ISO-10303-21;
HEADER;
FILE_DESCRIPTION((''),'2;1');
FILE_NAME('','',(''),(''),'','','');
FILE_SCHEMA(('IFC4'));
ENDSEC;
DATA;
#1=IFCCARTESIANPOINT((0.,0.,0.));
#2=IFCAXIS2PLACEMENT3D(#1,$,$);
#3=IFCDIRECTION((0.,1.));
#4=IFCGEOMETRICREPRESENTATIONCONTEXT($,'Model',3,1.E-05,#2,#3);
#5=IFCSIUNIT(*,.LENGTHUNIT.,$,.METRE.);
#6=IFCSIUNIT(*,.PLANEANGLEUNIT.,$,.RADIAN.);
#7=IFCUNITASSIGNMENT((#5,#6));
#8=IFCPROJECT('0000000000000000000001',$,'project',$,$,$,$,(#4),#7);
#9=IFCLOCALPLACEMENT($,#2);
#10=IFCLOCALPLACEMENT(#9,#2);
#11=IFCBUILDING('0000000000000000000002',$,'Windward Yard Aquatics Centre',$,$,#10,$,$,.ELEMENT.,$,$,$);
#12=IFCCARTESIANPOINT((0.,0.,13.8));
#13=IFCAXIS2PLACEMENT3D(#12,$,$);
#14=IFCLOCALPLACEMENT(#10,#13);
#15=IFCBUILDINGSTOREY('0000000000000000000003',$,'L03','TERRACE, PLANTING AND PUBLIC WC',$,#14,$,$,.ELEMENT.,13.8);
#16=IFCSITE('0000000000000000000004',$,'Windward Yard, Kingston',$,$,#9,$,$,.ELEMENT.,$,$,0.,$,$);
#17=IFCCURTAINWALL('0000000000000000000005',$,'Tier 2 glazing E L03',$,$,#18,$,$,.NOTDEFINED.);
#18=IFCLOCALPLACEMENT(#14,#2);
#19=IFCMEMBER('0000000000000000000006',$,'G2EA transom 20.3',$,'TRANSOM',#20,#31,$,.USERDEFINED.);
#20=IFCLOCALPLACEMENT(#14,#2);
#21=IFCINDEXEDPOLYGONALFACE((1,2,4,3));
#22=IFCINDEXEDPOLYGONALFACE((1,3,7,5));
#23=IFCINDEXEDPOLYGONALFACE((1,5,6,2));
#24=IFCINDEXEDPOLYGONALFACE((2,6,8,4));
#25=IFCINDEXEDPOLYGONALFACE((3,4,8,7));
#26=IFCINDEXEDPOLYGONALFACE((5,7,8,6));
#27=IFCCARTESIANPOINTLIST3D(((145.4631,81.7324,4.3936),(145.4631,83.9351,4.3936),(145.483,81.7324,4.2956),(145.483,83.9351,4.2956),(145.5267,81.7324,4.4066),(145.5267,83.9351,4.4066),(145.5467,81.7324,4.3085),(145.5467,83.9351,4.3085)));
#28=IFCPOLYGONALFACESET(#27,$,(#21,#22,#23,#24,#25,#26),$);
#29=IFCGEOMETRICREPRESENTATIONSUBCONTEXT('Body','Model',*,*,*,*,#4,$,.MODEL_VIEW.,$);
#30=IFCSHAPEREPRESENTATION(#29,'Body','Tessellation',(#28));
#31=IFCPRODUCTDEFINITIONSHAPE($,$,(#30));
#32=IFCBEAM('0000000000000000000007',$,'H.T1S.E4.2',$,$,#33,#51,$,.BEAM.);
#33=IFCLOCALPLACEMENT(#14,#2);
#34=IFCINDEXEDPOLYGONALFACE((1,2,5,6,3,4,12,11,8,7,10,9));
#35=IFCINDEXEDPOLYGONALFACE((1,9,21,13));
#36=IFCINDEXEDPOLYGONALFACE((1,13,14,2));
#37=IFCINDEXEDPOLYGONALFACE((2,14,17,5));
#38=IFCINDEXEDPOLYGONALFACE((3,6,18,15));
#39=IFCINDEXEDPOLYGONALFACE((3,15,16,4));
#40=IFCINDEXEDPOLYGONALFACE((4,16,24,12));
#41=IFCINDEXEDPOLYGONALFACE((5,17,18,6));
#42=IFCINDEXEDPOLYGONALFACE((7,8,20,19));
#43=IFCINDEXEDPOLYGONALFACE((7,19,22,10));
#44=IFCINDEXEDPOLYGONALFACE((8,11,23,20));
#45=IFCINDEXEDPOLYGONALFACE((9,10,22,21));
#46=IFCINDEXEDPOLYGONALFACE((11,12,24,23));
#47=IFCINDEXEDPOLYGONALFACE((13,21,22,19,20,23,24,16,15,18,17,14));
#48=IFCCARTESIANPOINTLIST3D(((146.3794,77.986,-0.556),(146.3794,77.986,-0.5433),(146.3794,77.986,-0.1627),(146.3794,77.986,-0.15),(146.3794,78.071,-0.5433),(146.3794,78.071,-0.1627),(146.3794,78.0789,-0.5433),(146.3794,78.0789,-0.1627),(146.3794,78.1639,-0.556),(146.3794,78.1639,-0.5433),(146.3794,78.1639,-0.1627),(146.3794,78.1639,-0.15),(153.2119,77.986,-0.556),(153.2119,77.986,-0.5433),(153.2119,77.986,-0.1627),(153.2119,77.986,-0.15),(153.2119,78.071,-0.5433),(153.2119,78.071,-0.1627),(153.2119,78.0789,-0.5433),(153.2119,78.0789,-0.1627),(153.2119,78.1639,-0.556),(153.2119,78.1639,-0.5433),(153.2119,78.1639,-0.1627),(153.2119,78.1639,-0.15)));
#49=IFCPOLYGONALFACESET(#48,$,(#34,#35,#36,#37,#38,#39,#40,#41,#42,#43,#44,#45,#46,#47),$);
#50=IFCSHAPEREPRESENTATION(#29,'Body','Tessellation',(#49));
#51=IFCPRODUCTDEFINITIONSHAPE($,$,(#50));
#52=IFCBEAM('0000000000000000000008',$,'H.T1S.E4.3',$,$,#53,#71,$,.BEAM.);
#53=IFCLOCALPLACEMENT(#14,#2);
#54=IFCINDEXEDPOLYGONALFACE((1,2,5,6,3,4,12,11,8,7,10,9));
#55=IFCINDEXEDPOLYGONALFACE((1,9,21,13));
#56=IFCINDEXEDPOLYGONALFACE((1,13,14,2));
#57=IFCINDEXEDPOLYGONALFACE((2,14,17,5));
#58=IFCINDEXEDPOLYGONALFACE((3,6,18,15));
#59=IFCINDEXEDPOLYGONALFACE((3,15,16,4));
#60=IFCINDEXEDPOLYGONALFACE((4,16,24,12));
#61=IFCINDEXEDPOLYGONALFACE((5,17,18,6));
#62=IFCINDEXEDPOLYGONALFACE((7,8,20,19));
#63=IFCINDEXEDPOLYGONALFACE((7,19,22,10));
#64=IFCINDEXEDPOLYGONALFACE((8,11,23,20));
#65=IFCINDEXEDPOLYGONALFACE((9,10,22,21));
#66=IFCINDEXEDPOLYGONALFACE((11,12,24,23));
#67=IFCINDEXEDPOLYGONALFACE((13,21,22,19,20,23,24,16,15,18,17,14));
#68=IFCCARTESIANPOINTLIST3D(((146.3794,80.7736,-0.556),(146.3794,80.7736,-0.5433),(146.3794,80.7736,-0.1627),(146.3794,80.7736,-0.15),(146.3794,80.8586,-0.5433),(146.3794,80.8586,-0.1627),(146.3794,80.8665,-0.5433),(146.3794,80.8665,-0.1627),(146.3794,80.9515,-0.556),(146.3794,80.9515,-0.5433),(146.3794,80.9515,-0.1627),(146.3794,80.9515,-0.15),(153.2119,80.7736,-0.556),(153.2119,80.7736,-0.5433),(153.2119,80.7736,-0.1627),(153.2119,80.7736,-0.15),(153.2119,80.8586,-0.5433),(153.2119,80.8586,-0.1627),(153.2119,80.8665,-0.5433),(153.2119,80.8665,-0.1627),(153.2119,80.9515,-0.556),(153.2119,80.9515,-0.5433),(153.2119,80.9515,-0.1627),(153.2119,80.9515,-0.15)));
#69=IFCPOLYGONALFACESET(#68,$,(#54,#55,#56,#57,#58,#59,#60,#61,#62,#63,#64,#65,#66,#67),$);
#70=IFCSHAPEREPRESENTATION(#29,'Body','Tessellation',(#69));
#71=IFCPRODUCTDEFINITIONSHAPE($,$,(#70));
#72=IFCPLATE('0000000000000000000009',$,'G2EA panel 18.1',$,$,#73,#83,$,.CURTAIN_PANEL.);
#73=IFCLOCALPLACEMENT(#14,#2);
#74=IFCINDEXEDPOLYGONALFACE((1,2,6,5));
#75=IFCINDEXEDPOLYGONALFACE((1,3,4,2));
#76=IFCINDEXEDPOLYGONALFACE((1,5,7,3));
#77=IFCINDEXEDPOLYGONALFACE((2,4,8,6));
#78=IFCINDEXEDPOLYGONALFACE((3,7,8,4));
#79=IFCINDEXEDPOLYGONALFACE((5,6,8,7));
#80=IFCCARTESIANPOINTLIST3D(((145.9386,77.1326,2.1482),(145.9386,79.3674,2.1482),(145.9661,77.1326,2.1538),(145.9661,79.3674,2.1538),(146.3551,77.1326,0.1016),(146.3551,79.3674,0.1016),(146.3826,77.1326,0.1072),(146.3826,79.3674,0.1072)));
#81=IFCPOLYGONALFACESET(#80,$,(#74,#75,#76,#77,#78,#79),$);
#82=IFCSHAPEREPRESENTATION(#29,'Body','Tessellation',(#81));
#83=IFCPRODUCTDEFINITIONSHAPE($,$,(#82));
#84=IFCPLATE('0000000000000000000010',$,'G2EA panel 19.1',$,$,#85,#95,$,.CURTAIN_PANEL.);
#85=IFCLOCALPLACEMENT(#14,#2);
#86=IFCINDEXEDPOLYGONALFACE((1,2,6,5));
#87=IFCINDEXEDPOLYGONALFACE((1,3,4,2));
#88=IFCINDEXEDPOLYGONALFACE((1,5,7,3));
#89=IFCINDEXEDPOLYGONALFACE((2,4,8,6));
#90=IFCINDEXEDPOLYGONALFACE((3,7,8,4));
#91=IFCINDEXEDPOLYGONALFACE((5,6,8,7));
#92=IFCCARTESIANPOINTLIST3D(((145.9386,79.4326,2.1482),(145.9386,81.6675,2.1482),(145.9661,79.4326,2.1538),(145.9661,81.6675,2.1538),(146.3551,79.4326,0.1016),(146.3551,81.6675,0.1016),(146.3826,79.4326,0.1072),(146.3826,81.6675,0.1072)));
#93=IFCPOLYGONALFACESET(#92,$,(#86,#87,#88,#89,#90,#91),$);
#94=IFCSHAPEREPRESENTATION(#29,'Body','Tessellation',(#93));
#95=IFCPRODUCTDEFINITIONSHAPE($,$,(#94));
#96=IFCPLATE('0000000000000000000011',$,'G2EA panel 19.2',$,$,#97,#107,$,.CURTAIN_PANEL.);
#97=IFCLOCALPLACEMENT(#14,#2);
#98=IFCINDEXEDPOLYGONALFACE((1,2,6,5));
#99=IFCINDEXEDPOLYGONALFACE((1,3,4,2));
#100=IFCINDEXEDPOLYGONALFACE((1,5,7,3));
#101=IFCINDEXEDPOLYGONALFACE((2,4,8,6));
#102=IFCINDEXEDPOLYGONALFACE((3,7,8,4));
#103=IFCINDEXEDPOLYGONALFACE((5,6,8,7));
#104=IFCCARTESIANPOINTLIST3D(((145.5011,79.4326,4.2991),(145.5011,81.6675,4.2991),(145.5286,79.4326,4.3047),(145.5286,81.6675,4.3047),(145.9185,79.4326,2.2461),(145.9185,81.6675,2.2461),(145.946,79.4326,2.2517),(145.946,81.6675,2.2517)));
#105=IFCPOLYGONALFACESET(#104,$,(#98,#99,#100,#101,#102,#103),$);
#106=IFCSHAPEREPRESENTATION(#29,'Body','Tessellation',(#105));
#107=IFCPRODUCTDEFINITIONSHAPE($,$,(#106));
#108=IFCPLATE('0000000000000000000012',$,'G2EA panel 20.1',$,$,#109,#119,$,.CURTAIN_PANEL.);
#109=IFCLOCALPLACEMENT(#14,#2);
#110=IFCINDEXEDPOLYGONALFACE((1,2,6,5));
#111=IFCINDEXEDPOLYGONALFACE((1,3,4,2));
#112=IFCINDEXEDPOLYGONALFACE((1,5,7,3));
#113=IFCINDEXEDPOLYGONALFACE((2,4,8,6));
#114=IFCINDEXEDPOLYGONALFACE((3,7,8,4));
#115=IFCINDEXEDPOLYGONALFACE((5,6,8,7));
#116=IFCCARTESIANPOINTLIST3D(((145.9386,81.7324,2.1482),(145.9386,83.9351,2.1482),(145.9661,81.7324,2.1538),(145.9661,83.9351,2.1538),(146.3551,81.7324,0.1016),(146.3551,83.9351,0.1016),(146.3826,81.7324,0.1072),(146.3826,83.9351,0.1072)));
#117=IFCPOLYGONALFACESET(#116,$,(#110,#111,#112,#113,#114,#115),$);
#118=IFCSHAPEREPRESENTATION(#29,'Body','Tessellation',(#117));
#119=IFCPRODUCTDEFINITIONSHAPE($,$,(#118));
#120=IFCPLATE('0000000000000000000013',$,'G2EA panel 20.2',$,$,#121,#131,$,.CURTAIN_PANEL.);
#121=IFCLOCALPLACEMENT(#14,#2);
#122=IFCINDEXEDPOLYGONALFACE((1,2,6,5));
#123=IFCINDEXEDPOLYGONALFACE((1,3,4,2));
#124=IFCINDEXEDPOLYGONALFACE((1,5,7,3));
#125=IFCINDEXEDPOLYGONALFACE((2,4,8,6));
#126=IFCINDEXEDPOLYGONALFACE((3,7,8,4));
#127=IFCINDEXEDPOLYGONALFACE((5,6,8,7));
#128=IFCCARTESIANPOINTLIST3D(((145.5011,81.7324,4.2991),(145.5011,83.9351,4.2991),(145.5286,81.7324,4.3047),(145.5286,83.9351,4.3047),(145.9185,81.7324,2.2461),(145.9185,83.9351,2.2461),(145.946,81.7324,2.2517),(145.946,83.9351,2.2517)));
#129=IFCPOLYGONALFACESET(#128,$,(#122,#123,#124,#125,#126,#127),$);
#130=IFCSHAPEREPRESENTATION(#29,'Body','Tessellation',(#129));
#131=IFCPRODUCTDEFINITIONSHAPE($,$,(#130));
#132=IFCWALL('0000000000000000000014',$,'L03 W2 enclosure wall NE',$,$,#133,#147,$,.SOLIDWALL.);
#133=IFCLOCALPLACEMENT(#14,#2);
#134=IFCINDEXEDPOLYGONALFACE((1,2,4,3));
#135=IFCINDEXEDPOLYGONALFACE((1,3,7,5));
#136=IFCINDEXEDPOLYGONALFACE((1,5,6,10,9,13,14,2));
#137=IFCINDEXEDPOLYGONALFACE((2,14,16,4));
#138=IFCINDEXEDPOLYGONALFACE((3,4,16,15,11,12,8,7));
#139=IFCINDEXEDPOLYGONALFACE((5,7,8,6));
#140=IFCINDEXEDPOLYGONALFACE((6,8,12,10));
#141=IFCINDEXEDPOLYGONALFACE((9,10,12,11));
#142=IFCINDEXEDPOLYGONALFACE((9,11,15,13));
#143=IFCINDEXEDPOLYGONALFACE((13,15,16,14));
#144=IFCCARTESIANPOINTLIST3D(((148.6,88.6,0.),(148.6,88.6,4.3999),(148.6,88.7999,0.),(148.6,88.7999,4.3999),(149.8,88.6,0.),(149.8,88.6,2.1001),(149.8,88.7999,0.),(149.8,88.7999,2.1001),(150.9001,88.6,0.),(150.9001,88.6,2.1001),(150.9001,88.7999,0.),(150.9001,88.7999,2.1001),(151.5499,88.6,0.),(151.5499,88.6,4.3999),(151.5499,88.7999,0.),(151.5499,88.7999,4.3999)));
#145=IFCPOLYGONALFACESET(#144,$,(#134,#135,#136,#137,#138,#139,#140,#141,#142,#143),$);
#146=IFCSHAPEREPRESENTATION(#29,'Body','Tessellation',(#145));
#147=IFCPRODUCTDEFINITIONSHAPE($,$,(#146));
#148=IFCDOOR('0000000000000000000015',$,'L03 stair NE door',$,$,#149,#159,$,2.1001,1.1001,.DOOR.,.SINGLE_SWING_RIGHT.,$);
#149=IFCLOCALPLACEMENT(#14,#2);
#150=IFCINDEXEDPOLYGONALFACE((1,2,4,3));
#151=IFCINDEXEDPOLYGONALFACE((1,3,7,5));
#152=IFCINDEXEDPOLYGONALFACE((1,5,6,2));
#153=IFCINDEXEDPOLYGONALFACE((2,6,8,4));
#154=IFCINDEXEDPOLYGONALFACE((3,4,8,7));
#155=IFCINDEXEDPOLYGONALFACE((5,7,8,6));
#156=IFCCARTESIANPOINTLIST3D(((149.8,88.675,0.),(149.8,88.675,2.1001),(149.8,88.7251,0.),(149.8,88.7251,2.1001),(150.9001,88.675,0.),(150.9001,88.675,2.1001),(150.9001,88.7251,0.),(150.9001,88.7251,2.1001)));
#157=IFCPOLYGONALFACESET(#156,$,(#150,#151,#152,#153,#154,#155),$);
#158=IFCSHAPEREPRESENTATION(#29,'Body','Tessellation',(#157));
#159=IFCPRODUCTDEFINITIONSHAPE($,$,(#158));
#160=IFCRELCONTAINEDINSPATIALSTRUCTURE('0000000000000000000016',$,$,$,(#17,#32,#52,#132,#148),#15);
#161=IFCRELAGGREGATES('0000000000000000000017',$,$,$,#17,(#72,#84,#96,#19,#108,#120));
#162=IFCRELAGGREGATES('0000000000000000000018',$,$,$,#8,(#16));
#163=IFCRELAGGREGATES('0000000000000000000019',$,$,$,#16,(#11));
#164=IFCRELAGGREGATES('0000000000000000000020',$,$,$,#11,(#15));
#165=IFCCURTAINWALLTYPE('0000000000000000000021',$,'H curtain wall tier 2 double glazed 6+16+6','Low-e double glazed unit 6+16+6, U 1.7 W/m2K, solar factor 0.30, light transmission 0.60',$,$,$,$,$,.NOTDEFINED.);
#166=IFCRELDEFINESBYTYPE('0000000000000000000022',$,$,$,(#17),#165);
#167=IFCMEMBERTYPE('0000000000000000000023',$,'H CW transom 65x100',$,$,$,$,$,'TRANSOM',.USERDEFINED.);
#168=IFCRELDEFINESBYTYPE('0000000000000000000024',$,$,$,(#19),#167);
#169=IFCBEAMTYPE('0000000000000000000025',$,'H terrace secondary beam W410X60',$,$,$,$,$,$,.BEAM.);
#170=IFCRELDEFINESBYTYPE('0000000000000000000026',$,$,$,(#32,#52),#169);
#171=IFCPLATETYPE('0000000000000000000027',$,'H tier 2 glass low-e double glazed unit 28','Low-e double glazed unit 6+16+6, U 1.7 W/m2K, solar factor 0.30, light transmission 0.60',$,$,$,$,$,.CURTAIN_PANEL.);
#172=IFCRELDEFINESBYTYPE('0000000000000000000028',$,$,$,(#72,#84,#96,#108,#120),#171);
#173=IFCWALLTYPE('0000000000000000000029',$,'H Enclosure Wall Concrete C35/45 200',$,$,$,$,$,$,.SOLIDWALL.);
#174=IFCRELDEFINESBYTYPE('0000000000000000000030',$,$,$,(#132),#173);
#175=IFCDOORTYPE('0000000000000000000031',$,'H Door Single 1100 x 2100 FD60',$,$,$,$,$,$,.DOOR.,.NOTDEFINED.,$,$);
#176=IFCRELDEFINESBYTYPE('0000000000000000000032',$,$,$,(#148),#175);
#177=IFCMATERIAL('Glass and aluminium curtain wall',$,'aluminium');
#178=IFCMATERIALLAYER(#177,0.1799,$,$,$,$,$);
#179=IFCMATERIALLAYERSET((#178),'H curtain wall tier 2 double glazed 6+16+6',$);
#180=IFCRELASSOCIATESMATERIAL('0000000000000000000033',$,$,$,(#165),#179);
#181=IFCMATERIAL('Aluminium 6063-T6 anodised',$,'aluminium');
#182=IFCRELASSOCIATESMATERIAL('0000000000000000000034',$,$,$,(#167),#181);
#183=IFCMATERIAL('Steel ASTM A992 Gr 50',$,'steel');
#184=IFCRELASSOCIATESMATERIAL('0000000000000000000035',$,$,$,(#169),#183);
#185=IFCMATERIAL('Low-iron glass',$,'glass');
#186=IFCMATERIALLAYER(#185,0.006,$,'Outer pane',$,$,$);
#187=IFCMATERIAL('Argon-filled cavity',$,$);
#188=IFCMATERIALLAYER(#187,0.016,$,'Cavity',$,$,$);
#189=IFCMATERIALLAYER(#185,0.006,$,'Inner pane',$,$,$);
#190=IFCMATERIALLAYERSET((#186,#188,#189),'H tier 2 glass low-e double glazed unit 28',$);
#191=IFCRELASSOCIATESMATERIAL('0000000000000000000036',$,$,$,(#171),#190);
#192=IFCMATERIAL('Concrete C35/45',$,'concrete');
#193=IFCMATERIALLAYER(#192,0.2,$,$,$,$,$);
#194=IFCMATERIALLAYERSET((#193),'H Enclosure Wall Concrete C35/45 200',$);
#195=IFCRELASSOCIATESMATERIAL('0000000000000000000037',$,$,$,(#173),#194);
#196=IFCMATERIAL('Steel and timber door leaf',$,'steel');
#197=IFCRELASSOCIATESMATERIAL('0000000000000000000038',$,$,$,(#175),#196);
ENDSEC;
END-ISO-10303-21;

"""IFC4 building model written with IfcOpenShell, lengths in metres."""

from ifc_helpers import new_model, si_unit, direction, frame, frame_2d, origin, origin_2d, place, context, subcontext, project, spatial, polyline, rectangle, i_section, outline, extrude, material, layer, layer_set, material_profile, profile_set, type_object, element, fill, aggregate, save


model = new_model("IFC4")

# Units and contexts
model_context = context("Model", 3, precision=1e-05, world=origin(), true_north=direction((0.0, 1.0)))
body_context = subcontext(model_context, "Body", "Model", "MODEL_VIEW")
ifc_project = project(units=[si_unit("LENGTHUNIT", "METRE"), si_unit("PLANEANGLEUNIT", "RADIAN")], contexts=[model_context])

# Site, building, storey
site_placement = place(None, origin())
site = spatial("IfcSite", under=ifc_project, at=site_placement, Name="Windward Yard, Kingston", CompositionType="ELEMENT", RefElevation=0.0)
building_placement = place(site_placement, origin())
building = spatial("IfcBuilding", under=site, at=building_placement, Name="Windward Yard Aquatics Centre", CompositionType="ELEMENT")
storey_placement = place(building_placement, frame((0.0, 0.0, 13.8)))
storey = spatial("IfcBuildingStorey", under=building, at=storey_placement, Name="L03", Description="TERRACE, PLANTING AND PUBLIC WC", CompositionType="ELEMENT", Elevation=13.8)

# Curtain wall, member
ifc_material_1 = material(Name="Glass and aluminium curtain wall", Category="aluminium")
ifc_layer_1 = layer(ifc_material_1, 0.1799)
ifc_layer_set_1 = layer_set([ifc_layer_1], Name="H curtain wall tier 2 double glazed 6+16+6")
curtain_wall_type = type_object("IfcCurtainWallType", Name="H curtain wall tier 2 double glazed 6+16+6", Description="Low-e double glazed unit 6+16+6, U 1.7 W/m2K, solar factor 0.30, light transmission 0.60", PredefinedType="NOTDEFINED", material=ifc_layer_set_1)
curtain_wall_placement = place(storey_placement, origin())
curtain_wall = element("IfcCurtainWall", 1, at=curtain_wall_placement, inside=storey, type_object=curtain_wall_type, Name="Tier 2 glazing E L03", PredefinedType="NOTDEFINED")
ifc_material_2 = material(Name="Aluminium 6063-T6 anodised", Category="aluminium")
ifc_material_profile_1 = material_profile(ifc_material_2, rectangle(XDim=0.0649, YDim=0.1001, at=origin_2d()), Name="H CW transom 65x100")
ifc_profile_set_1 = profile_set([ifc_material_profile_1], Name="Aluminium 6063-T6 anodised")
member_type_1 = type_object("IfcMemberType", Name="H CW transom 65x100", ElementType="TRANSOM", PredefinedType="USERDEFINED", material=ifc_profile_set_1)
member_1_placement = place(storey_placement, frame((145.5049, 81.7324, 4.3511), z_axis=(0.0, 1.0, 0.0), x_axis=(0.979925, 0.0, 0.199368)))
member_1 = element("IfcMember", 2, at=member_1_placement, type_object=member_type_1, Name="G2EA transom 20.3", ObjectType="TRANSOM", PredefinedType="USERDEFINED", context=body_context, shape_type="SweptSolid", body=[
    extrude(rectangle(XDim=0.0649, YDim=0.1001, at=origin_2d()), origin(), (0.0, 0.0, 1.0), 2.2026),
])

# Beams
ifc_material_3 = material(Name="Steel ASTM A992 Gr 50", Category="steel")
ifc_material_profile_2 = material_profile(ifc_material_3, i_section(OverallWidth=0.178, OverallDepth=0.406, WebThickness=0.0078, FlangeThickness=0.0127, at=origin_2d()), Name="W410X60")
ifc_profile_set_2 = profile_set([ifc_material_profile_2], Name="Steel ASTM A992 Gr 50")
beam_type = type_object("IfcBeamType", Name="H terrace secondary beam W410X60", PredefinedType="BEAM", material=ifc_profile_set_2)
for number, where, z_axis, x_axis, name in (
    (3, (153.2119, 78.075, -0.353), (-1.0, 0.0, 0.0), (0.0, -1.0, 0.0), "H.T1S.E4.2"),
    (4, (153.2119, 80.8625, -0.353), (-1.0, 0.0, 0.0), (0.0, -1.0, 0.0), "H.T1S.E4.3"),
):
    element("IfcBeam", number, at=place(storey_placement, frame(where, z_axis=z_axis, x_axis=x_axis)), inside=storey, type_object=beam_type, Name=name, PredefinedType="BEAM", context=body_context, shape_type="SweptSolid", body=[
        extrude(i_section(OverallWidth=0.178, OverallDepth=0.406, WebThickness=0.0078, FlangeThickness=0.0127, at=origin_2d()), origin(), (0.0, 0.0, 1.0), 6.8325),
    ])

# Plates
ifc_material_4 = material(Name="Low-iron glass", Category="glass")
ifc_layer_2 = layer(ifc_material_4, 0.006, Name="Outer pane")
ifc_material_5 = material(Name="Argon-filled cavity")
ifc_layer_3 = layer(ifc_material_5, 0.016, Name="Cavity")
ifc_layer_4 = layer(ifc_material_4, 0.006, Name="Inner pane")
ifc_layer_set_2 = layer_set([ifc_layer_2, ifc_layer_3, ifc_layer_4], Name="H tier 2 glass low-e double glazed unit 28")
plate_type = type_object("IfcPlateType", Name="H tier 2 glass low-e double glazed unit 28", Description="Low-e double glazed unit 6+16+6, U 1.7 W/m2K, solar factor 0.30, light transmission 0.60", PredefinedType="CURTAIN_PANEL", material=ifc_layer_set_2)
plate_1_placement = place(storey_placement, frame((145.9661, 77.1326, 2.1538), z_axis=(0.979914, 0.0, 0.199419), x_axis=(0.199419, 0.0, -0.979914)))
plate_1 = element("IfcPlate", 5, at=plate_1_placement, type_object=plate_type, Name="G2EA panel 18.1", PredefinedType="CURTAIN_PANEL", context=body_context, shape_type="SweptSolid", body=[
    extrude(outline(polyline([(0.0, 0.0), (2.0886, 0.0), (2.0886, 2.2349), (0.0, 2.2349), (0.0, 0.0)])), origin(), (0.0, 0.0, -1.0), 0.0281),
])
plate_2_placement = place(storey_placement, frame((145.9661, 79.4326, 2.1538), z_axis=(0.979914, 0.0, 0.199419), x_axis=(0.199419, 0.0, -0.979914)))
plate_2 = element("IfcPlate", 6, at=plate_2_placement, type_object=plate_type, Name="G2EA panel 19.1", PredefinedType="CURTAIN_PANEL", context=body_context, shape_type="SweptSolid", body=[
    extrude(outline(polyline([(0.0, 0.0), (2.0886, 0.0), (2.0886, 2.2349), (0.0, 2.2349), (0.0, 0.0)])), origin(), (0.0, 0.0, -1.0), 0.0281),
])
plate_3_placement = place(storey_placement, frame((145.5286, 79.4326, 4.3047), z_axis=(0.979944, 0.0, 0.199275), x_axis=(0.199275, 0.0, -0.979944)))
plate_3 = element("IfcPlate", 7, at=plate_3_placement, type_object=plate_type, Name="G2EA panel 19.2", PredefinedType="CURTAIN_PANEL", context=body_context, shape_type="SweptSolid", body=[
    extrude(outline(polyline([(0.0, 0.0), (2.095, 0.0), (2.095, 2.2349), (0.0, 2.2349), (0.0, 0.0)])), origin(), (0.0, 0.0, -1.0), 0.0281),
])
plate_4_placement = place(storey_placement, frame((145.9661, 81.7324, 2.1538), z_axis=(0.979914, 0.0, 0.199419), x_axis=(0.199419, 0.0, -0.979914)))
plate_4 = element("IfcPlate", 8, at=plate_4_placement, type_object=plate_type, Name="G2EA panel 20.1", PredefinedType="CURTAIN_PANEL", context=body_context, shape_type="SweptSolid", body=[
    extrude(outline(polyline([(0.0, 0.0), (2.0886, 0.0), (2.0886, 2.2026), (0.0, 2.2026), (0.0, 0.0)])), origin(), (0.0, 0.0, -1.0), 0.0281),
])
plate_5_placement = place(storey_placement, frame((145.5286, 81.7324, 4.3047), z_axis=(0.979944, 0.0, 0.199275), x_axis=(0.199275, 0.0, -0.979944)))
plate_5 = element("IfcPlate", 9, at=plate_5_placement, type_object=plate_type, Name="G2EA panel 20.2", PredefinedType="CURTAIN_PANEL", context=body_context, shape_type="SweptSolid", body=[
    extrude(outline(polyline([(0.0, 0.0), (2.095, 0.0), (2.095, 2.2026), (0.0, 2.2026), (0.0, 0.0)])), origin(), (0.0, 0.0, -1.0), 0.0281),
])
aggregate(curtain_wall, [plate_1, plate_2, plate_3, member_1, plate_4, plate_5])

# Wall, opening, door
ifc_material_6 = material(Name="Concrete C35/45", Category="concrete")
ifc_layer_5 = layer(ifc_material_6, 0.2)
ifc_layer_set_3 = layer_set([ifc_layer_5], Name="H Enclosure Wall Concrete C35/45 200")
wall_type_1 = type_object("IfcWallType", Name="H Enclosure Wall Concrete C35/45 200", PredefinedType="SOLIDWALL", material=ifc_layer_set_3)
wall_1_placement = place(storey_placement, frame((151.55, 88.7, 0.0), z_axis=(0.0, 0.0, 1.0), x_axis=(-1.0, 0.0, 0.0)))
wall_1 = element("IfcWall", 10, at=wall_1_placement, inside=storey, type_object=wall_type_1, Name="L03 W2 enclosure wall NE", PredefinedType="SOLIDWALL", context=body_context, shape_type="SweptSolid", body=[
    extrude(rectangle(XDim=2.95, YDim=0.2, at=frame_2d((1.4751, 0.0))), origin(), (0.0, 0.0, 1.0), 4.3999),
])
opening_1_placement = place(wall_1_placement, frame((0.6499, 0.0, 0.0)))
opening_1 = element("IfcOpeningElement", 11, at=opening_1_placement, cuts=wall_1, PredefinedType="OPENING", context=body_context, shape_type="SweptSolid", body=[
    extrude(rectangle(XDim=1.1001, YDim=2.1001, at=frame_2d((0.55, 1.05))), frame((0.0, 0.1099, 0.0), z_axis=(0.0, -1.0, 0.0), x_axis=(1.0, 0.0, 0.0)), (0.0, 0.0, 1.0), 0.22),
])
ifc_material_7 = material(Name="Steel and timber door leaf", Category="steel")
door_type_1 = type_object("IfcDoorType", Name="H Door Single 1100 x 2100 FD60", OperationType="NOTDEFINED", PredefinedType="DOOR", material=ifc_material_7)
door_1_placement = place(opening_1_placement, origin())
door_1 = element("IfcDoor", 12, at=door_1_placement, inside=storey, type_object=door_type_1, Name="L03 stair NE door", OperationType="SINGLE_SWING_RIGHT", OverallHeight=2.1001, OverallWidth=1.1001, PredefinedType="DOOR", context=body_context, shape_type="SweptSolid", body=[
    extrude(rectangle(XDim=1.1001, YDim=2.1001, at=frame_2d((0.55, 1.05))), frame((0.0, 0.0249, 0.0), z_axis=(0.0, -1.0, 0.0), x_axis=(1.0, 0.0, 0.0)), (0.0, 0.0, 1.0), 0.05),
])
fill(opening_1, door_1)

save(model, "model.ifc")
